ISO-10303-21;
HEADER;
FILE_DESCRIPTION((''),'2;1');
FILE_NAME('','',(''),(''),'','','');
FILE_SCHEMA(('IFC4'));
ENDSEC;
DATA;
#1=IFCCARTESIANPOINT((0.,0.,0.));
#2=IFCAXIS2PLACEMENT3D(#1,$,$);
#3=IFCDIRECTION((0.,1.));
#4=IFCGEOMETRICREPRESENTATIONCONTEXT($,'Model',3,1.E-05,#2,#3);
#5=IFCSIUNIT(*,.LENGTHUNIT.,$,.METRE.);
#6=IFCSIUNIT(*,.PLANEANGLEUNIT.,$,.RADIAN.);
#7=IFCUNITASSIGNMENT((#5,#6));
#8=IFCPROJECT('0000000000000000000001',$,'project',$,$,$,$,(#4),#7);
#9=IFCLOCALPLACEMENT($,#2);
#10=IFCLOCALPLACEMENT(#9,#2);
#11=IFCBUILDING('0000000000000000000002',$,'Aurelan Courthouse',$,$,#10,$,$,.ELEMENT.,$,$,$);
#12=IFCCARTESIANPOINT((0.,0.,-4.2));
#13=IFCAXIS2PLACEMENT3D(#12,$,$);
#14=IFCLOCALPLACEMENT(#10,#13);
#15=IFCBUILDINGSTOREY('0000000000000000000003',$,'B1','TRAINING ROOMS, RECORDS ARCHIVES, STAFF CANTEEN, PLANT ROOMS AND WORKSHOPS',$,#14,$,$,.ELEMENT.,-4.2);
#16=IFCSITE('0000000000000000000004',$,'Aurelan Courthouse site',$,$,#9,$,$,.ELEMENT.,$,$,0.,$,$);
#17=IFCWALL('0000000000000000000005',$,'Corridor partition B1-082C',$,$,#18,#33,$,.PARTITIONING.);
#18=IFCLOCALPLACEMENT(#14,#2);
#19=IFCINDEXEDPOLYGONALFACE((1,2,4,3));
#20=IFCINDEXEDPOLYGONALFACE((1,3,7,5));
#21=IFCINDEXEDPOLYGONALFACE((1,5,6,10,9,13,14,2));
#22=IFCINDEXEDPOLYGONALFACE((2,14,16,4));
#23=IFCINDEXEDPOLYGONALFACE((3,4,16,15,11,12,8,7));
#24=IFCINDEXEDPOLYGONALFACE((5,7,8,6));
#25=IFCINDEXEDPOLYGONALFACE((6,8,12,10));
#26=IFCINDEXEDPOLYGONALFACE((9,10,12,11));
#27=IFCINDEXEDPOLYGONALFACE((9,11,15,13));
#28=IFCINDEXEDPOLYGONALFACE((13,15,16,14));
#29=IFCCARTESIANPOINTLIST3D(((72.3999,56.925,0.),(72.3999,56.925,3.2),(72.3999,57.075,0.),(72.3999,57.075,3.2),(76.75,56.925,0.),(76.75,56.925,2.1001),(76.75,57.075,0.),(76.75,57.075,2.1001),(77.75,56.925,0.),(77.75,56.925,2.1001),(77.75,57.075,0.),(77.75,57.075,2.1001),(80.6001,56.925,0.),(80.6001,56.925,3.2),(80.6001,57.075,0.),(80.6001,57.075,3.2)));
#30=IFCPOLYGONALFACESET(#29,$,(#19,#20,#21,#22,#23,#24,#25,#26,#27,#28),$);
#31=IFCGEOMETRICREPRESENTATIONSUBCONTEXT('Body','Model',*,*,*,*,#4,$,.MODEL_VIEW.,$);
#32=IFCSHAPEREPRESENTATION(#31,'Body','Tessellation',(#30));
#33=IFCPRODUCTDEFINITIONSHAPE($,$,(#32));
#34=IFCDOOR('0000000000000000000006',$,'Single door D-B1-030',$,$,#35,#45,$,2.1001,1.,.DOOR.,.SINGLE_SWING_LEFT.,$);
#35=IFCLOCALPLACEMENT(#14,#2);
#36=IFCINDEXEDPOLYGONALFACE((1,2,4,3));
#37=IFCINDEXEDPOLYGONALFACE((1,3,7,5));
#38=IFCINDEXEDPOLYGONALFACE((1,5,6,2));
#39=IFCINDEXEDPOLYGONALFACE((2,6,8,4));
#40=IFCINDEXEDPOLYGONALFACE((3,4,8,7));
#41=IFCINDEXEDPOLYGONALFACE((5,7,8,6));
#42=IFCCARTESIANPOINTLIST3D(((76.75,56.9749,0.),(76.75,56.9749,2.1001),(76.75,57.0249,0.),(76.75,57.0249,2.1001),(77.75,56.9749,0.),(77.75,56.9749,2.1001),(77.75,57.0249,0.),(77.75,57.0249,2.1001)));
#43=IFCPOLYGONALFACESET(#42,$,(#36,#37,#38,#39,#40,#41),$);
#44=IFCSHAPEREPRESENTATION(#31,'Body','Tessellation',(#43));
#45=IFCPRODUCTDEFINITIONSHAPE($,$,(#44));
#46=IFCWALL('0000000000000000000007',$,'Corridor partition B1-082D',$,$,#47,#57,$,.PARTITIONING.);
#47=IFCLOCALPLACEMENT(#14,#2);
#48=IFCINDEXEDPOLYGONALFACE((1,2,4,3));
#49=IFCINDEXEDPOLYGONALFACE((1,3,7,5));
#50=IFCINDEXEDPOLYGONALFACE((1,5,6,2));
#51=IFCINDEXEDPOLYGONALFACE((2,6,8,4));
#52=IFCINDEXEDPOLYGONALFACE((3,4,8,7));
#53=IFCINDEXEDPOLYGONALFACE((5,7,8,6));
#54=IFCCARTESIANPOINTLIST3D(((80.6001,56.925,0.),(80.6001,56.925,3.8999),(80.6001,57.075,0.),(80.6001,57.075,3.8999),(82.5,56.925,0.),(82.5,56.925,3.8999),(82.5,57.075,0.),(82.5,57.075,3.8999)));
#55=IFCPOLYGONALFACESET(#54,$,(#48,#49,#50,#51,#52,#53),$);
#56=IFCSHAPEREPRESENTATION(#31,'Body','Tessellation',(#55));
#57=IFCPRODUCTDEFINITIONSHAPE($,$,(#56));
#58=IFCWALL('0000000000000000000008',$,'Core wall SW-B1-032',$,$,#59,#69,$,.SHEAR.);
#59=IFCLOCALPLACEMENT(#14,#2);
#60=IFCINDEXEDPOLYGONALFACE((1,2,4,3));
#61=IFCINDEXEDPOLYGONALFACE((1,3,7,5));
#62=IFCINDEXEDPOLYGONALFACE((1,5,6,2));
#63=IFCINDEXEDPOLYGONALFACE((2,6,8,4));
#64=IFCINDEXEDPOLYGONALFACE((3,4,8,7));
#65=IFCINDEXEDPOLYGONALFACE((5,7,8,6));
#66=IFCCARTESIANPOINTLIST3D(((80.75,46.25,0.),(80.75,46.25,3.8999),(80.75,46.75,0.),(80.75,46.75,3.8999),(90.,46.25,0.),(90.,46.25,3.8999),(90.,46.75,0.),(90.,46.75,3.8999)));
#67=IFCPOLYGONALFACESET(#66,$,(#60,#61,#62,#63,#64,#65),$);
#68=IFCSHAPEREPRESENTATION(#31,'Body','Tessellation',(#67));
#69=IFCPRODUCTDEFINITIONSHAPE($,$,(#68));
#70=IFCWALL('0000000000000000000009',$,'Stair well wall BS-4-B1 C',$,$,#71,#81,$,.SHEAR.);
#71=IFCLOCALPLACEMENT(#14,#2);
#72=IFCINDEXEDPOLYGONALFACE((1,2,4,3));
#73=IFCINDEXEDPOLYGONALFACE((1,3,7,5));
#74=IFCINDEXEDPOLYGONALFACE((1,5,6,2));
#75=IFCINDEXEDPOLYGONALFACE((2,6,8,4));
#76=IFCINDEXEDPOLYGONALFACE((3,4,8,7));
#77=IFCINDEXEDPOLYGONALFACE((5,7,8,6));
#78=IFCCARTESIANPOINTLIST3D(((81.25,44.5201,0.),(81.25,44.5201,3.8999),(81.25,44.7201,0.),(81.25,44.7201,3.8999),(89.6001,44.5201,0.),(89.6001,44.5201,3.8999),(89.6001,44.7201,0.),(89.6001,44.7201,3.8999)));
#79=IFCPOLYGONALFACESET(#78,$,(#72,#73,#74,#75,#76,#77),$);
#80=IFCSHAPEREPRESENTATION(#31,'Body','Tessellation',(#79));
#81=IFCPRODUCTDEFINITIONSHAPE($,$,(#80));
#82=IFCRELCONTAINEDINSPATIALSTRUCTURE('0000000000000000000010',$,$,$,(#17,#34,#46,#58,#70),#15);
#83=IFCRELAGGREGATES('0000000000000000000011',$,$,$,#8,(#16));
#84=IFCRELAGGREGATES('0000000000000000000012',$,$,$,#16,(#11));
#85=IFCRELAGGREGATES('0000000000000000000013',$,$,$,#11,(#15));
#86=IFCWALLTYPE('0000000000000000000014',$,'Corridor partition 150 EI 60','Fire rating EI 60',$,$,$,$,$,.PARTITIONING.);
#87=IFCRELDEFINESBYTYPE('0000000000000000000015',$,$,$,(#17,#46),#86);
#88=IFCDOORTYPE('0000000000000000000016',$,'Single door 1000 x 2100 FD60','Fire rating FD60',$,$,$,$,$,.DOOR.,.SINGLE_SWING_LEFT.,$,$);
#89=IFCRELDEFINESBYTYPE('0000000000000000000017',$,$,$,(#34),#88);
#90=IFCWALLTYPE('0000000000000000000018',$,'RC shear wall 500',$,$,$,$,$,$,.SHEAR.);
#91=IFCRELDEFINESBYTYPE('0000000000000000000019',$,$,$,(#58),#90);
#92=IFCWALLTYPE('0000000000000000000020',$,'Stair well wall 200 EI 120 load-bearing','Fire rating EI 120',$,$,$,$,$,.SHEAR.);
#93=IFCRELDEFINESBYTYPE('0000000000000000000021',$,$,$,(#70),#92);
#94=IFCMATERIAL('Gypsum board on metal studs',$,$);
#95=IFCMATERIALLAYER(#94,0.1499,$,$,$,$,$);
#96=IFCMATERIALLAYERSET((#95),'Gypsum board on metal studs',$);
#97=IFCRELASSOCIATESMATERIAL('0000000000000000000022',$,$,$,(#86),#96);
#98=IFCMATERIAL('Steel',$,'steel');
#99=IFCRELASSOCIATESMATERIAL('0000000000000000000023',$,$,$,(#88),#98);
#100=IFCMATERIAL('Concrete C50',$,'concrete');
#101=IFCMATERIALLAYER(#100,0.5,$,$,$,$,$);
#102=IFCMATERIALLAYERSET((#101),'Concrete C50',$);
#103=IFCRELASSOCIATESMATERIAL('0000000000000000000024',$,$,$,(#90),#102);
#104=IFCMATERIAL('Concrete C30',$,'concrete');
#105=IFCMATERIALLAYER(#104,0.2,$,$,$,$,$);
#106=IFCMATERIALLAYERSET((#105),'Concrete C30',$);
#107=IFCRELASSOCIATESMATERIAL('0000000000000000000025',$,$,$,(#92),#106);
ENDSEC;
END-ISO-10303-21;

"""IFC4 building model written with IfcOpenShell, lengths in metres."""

from ifc_helpers import new_model, si_unit, direction, frame, frame_2d, origin, place, context, subcontext, project, spatial, rectangle, extrude, material, layer, layer_set, type_object, element, fill, save


model = new_model("IFC4")

# Units and contexts
model_context = context("Model", 3, precision=1e-05, world=origin(), true_north=direction((0.0, 1.0)))
body_context = subcontext(model_context, "Body", "Model", "MODEL_VIEW")
ifc_project = project(units=[si_unit("LENGTHUNIT", "METRE"), si_unit("PLANEANGLEUNIT", "RADIAN")], contexts=[model_context])

# Site, building, storey
site_placement = place(None, origin())
site = spatial("IfcSite", under=ifc_project, at=site_placement, Name="Aurelan Courthouse site", CompositionType="ELEMENT", RefElevation=0.0)
building_placement = place(site_placement, origin())
building = spatial("IfcBuilding", under=site, at=building_placement, Name="Aurelan Courthouse", CompositionType="ELEMENT")
storey_placement = place(building_placement, frame((0.0, 0.0, -4.2)))
storey = spatial("IfcBuildingStorey", under=building, at=storey_placement, Name="B1", Description="TRAINING ROOMS, RECORDS ARCHIVES, STAFF CANTEEN, PLANT ROOMS AND WORKSHOPS", CompositionType="ELEMENT", Elevation=-4.2)

# Shared definitions
ifc_material_1 = material(Name="Concrete C50", Category="concrete")

# Shared definitions
ifc_material_2 = material(Name="Steel", Category="steel")

# Wall, opening, door
ifc_material_3 = material(Name="Gypsum board on metal studs")
ifc_layer_1 = layer(ifc_material_3, 0.1499)
ifc_layer_set_1 = layer_set([ifc_layer_1], Name="Gypsum board on metal studs")
wall_type_1 = type_object("IfcWallType", Name="Corridor partition 150 EI 60", Description="Fire rating EI 60", PredefinedType="PARTITIONING", material=ifc_layer_set_1)
door_type_1 = type_object("IfcDoorType", Name="Single door 1000 x 2100 FD60", Description="Fire rating FD60", OperationType="SINGLE_SWING_LEFT", PredefinedType="DOOR", material=ifc_material_2)
wall_1_placement = place(storey_placement, frame((72.3999, 57.0, 0.0), z_axis=(0.0, 0.0, 1.0), x_axis=(1.0, 0.0, 0.0)))
wall_1 = element("IfcWall", 1, at=wall_1_placement, inside=storey, type_object=wall_type_1, Name="Corridor partition B1-082C", PredefinedType="PARTITIONING", context=body_context, shape_type="SweptSolid", body=[
    extrude(rectangle(XDim=8.2002, YDim=0.1499, at=frame_2d((4.1001, 0.0))), origin(), (0.0, 0.0, 1.0), 3.2),
])
opening_1_placement = place(wall_1_placement, frame((4.3501, 0.0, 0.0)))
opening_1 = element("IfcOpeningElement", 2, at=opening_1_placement, cuts=wall_1, PredefinedType="OPENING", context=body_context, shape_type="SweptSolid", body=[
    extrude(rectangle(XDim=1.0, YDim=2.1001, at=frame_2d((0.5, 1.05))), frame((0.0, 0.085, 0.0), z_axis=(0.0, -1.0, 0.0), x_axis=(1.0, 0.0, 0.0)), (0.0, 0.0, 1.0), 0.1699),
])
door_1_placement = place(opening_1_placement, origin())
door_1 = element("IfcDoor", 3, at=door_1_placement, inside=storey, type_object=door_type_1, Name="Single door D-B1-030", OperationType="SINGLE_SWING_LEFT", OverallHeight=2.1001, OverallWidth=1.0, PredefinedType="DOOR", context=body_context, shape_type="SweptSolid", body=[
    extrude(rectangle(XDim=1.0, YDim=2.1001, at=frame_2d((0.5, 1.05))), frame((0.0, 0.0249, 0.0), z_axis=(0.0, -1.0, 0.0), x_axis=(1.0, 0.0, 0.0)), (0.0, 0.0, 1.0), 0.05),
])
fill(opening_1, door_1)

# Walls
wall_2_placement = place(storey_placement, frame((80.6001, 57.0, 0.0), z_axis=(0.0, 0.0, 1.0), x_axis=(1.0, 0.0, 0.0)))
element("IfcWall", 4, at=wall_2_placement, inside=storey, type_object=wall_type_1, Name="Corridor partition B1-082D", PredefinedType="PARTITIONING", context=body_context, shape_type="SweptSolid", body=[
    extrude(rectangle(XDim=1.8999, YDim=0.1499, at=frame_2d((0.95, 0.0))), origin(), (0.0, 0.0, 1.0), 3.8999),
])
ifc_layer_2 = layer(ifc_material_1, 0.5)
ifc_layer_set_2 = layer_set([ifc_layer_2], Name="Concrete C50")
wall_type_2 = type_object("IfcWallType", Name="RC shear wall 500", PredefinedType="SHEAR", material=ifc_layer_set_2)
wall_3_placement = place(storey_placement, frame((80.75, 46.5, 0.0), z_axis=(0.0, 0.0, 1.0), x_axis=(1.0, 0.0, 0.0)))
element("IfcWall", 5, at=wall_3_placement, inside=storey, type_object=wall_type_2, Name="Core wall SW-B1-032", PredefinedType="SHEAR", context=body_context, shape_type="SweptSolid", body=[
    extrude(rectangle(XDim=9.25, YDim=0.5, at=frame_2d((4.625, 0.0))), origin(), (0.0, 0.0, 1.0), 3.8999),
])
ifc_material_4 = material(Name="Concrete C30", Category="concrete")
ifc_layer_3 = layer(ifc_material_4, 0.2)
ifc_layer_set_3 = layer_set([ifc_layer_3], Name="Concrete C30")
wall_type_3 = type_object("IfcWallType", Name="Stair well wall 200 EI 120 load-bearing", Description="Fire rating EI 120", PredefinedType="SHEAR", material=ifc_layer_set_3)
wall_4_placement = place(storey_placement, frame((81.25, 44.6201, 0.0), z_axis=(0.0, 0.0, 1.0), x_axis=(1.0, 0.0, 0.0)))
element("IfcWall", 6, at=wall_4_placement, inside=storey, type_object=wall_type_3, Name="Stair well wall BS-4-B1 C", PredefinedType="SHEAR", context=body_context, shape_type="SweptSolid", body=[
    extrude(rectangle(XDim=8.3501, YDim=0.2, at=frame_2d((4.175, 0.0))), origin(), (0.0, 0.0, 1.0), 3.8999),
])

save(model, "model.ifc")
